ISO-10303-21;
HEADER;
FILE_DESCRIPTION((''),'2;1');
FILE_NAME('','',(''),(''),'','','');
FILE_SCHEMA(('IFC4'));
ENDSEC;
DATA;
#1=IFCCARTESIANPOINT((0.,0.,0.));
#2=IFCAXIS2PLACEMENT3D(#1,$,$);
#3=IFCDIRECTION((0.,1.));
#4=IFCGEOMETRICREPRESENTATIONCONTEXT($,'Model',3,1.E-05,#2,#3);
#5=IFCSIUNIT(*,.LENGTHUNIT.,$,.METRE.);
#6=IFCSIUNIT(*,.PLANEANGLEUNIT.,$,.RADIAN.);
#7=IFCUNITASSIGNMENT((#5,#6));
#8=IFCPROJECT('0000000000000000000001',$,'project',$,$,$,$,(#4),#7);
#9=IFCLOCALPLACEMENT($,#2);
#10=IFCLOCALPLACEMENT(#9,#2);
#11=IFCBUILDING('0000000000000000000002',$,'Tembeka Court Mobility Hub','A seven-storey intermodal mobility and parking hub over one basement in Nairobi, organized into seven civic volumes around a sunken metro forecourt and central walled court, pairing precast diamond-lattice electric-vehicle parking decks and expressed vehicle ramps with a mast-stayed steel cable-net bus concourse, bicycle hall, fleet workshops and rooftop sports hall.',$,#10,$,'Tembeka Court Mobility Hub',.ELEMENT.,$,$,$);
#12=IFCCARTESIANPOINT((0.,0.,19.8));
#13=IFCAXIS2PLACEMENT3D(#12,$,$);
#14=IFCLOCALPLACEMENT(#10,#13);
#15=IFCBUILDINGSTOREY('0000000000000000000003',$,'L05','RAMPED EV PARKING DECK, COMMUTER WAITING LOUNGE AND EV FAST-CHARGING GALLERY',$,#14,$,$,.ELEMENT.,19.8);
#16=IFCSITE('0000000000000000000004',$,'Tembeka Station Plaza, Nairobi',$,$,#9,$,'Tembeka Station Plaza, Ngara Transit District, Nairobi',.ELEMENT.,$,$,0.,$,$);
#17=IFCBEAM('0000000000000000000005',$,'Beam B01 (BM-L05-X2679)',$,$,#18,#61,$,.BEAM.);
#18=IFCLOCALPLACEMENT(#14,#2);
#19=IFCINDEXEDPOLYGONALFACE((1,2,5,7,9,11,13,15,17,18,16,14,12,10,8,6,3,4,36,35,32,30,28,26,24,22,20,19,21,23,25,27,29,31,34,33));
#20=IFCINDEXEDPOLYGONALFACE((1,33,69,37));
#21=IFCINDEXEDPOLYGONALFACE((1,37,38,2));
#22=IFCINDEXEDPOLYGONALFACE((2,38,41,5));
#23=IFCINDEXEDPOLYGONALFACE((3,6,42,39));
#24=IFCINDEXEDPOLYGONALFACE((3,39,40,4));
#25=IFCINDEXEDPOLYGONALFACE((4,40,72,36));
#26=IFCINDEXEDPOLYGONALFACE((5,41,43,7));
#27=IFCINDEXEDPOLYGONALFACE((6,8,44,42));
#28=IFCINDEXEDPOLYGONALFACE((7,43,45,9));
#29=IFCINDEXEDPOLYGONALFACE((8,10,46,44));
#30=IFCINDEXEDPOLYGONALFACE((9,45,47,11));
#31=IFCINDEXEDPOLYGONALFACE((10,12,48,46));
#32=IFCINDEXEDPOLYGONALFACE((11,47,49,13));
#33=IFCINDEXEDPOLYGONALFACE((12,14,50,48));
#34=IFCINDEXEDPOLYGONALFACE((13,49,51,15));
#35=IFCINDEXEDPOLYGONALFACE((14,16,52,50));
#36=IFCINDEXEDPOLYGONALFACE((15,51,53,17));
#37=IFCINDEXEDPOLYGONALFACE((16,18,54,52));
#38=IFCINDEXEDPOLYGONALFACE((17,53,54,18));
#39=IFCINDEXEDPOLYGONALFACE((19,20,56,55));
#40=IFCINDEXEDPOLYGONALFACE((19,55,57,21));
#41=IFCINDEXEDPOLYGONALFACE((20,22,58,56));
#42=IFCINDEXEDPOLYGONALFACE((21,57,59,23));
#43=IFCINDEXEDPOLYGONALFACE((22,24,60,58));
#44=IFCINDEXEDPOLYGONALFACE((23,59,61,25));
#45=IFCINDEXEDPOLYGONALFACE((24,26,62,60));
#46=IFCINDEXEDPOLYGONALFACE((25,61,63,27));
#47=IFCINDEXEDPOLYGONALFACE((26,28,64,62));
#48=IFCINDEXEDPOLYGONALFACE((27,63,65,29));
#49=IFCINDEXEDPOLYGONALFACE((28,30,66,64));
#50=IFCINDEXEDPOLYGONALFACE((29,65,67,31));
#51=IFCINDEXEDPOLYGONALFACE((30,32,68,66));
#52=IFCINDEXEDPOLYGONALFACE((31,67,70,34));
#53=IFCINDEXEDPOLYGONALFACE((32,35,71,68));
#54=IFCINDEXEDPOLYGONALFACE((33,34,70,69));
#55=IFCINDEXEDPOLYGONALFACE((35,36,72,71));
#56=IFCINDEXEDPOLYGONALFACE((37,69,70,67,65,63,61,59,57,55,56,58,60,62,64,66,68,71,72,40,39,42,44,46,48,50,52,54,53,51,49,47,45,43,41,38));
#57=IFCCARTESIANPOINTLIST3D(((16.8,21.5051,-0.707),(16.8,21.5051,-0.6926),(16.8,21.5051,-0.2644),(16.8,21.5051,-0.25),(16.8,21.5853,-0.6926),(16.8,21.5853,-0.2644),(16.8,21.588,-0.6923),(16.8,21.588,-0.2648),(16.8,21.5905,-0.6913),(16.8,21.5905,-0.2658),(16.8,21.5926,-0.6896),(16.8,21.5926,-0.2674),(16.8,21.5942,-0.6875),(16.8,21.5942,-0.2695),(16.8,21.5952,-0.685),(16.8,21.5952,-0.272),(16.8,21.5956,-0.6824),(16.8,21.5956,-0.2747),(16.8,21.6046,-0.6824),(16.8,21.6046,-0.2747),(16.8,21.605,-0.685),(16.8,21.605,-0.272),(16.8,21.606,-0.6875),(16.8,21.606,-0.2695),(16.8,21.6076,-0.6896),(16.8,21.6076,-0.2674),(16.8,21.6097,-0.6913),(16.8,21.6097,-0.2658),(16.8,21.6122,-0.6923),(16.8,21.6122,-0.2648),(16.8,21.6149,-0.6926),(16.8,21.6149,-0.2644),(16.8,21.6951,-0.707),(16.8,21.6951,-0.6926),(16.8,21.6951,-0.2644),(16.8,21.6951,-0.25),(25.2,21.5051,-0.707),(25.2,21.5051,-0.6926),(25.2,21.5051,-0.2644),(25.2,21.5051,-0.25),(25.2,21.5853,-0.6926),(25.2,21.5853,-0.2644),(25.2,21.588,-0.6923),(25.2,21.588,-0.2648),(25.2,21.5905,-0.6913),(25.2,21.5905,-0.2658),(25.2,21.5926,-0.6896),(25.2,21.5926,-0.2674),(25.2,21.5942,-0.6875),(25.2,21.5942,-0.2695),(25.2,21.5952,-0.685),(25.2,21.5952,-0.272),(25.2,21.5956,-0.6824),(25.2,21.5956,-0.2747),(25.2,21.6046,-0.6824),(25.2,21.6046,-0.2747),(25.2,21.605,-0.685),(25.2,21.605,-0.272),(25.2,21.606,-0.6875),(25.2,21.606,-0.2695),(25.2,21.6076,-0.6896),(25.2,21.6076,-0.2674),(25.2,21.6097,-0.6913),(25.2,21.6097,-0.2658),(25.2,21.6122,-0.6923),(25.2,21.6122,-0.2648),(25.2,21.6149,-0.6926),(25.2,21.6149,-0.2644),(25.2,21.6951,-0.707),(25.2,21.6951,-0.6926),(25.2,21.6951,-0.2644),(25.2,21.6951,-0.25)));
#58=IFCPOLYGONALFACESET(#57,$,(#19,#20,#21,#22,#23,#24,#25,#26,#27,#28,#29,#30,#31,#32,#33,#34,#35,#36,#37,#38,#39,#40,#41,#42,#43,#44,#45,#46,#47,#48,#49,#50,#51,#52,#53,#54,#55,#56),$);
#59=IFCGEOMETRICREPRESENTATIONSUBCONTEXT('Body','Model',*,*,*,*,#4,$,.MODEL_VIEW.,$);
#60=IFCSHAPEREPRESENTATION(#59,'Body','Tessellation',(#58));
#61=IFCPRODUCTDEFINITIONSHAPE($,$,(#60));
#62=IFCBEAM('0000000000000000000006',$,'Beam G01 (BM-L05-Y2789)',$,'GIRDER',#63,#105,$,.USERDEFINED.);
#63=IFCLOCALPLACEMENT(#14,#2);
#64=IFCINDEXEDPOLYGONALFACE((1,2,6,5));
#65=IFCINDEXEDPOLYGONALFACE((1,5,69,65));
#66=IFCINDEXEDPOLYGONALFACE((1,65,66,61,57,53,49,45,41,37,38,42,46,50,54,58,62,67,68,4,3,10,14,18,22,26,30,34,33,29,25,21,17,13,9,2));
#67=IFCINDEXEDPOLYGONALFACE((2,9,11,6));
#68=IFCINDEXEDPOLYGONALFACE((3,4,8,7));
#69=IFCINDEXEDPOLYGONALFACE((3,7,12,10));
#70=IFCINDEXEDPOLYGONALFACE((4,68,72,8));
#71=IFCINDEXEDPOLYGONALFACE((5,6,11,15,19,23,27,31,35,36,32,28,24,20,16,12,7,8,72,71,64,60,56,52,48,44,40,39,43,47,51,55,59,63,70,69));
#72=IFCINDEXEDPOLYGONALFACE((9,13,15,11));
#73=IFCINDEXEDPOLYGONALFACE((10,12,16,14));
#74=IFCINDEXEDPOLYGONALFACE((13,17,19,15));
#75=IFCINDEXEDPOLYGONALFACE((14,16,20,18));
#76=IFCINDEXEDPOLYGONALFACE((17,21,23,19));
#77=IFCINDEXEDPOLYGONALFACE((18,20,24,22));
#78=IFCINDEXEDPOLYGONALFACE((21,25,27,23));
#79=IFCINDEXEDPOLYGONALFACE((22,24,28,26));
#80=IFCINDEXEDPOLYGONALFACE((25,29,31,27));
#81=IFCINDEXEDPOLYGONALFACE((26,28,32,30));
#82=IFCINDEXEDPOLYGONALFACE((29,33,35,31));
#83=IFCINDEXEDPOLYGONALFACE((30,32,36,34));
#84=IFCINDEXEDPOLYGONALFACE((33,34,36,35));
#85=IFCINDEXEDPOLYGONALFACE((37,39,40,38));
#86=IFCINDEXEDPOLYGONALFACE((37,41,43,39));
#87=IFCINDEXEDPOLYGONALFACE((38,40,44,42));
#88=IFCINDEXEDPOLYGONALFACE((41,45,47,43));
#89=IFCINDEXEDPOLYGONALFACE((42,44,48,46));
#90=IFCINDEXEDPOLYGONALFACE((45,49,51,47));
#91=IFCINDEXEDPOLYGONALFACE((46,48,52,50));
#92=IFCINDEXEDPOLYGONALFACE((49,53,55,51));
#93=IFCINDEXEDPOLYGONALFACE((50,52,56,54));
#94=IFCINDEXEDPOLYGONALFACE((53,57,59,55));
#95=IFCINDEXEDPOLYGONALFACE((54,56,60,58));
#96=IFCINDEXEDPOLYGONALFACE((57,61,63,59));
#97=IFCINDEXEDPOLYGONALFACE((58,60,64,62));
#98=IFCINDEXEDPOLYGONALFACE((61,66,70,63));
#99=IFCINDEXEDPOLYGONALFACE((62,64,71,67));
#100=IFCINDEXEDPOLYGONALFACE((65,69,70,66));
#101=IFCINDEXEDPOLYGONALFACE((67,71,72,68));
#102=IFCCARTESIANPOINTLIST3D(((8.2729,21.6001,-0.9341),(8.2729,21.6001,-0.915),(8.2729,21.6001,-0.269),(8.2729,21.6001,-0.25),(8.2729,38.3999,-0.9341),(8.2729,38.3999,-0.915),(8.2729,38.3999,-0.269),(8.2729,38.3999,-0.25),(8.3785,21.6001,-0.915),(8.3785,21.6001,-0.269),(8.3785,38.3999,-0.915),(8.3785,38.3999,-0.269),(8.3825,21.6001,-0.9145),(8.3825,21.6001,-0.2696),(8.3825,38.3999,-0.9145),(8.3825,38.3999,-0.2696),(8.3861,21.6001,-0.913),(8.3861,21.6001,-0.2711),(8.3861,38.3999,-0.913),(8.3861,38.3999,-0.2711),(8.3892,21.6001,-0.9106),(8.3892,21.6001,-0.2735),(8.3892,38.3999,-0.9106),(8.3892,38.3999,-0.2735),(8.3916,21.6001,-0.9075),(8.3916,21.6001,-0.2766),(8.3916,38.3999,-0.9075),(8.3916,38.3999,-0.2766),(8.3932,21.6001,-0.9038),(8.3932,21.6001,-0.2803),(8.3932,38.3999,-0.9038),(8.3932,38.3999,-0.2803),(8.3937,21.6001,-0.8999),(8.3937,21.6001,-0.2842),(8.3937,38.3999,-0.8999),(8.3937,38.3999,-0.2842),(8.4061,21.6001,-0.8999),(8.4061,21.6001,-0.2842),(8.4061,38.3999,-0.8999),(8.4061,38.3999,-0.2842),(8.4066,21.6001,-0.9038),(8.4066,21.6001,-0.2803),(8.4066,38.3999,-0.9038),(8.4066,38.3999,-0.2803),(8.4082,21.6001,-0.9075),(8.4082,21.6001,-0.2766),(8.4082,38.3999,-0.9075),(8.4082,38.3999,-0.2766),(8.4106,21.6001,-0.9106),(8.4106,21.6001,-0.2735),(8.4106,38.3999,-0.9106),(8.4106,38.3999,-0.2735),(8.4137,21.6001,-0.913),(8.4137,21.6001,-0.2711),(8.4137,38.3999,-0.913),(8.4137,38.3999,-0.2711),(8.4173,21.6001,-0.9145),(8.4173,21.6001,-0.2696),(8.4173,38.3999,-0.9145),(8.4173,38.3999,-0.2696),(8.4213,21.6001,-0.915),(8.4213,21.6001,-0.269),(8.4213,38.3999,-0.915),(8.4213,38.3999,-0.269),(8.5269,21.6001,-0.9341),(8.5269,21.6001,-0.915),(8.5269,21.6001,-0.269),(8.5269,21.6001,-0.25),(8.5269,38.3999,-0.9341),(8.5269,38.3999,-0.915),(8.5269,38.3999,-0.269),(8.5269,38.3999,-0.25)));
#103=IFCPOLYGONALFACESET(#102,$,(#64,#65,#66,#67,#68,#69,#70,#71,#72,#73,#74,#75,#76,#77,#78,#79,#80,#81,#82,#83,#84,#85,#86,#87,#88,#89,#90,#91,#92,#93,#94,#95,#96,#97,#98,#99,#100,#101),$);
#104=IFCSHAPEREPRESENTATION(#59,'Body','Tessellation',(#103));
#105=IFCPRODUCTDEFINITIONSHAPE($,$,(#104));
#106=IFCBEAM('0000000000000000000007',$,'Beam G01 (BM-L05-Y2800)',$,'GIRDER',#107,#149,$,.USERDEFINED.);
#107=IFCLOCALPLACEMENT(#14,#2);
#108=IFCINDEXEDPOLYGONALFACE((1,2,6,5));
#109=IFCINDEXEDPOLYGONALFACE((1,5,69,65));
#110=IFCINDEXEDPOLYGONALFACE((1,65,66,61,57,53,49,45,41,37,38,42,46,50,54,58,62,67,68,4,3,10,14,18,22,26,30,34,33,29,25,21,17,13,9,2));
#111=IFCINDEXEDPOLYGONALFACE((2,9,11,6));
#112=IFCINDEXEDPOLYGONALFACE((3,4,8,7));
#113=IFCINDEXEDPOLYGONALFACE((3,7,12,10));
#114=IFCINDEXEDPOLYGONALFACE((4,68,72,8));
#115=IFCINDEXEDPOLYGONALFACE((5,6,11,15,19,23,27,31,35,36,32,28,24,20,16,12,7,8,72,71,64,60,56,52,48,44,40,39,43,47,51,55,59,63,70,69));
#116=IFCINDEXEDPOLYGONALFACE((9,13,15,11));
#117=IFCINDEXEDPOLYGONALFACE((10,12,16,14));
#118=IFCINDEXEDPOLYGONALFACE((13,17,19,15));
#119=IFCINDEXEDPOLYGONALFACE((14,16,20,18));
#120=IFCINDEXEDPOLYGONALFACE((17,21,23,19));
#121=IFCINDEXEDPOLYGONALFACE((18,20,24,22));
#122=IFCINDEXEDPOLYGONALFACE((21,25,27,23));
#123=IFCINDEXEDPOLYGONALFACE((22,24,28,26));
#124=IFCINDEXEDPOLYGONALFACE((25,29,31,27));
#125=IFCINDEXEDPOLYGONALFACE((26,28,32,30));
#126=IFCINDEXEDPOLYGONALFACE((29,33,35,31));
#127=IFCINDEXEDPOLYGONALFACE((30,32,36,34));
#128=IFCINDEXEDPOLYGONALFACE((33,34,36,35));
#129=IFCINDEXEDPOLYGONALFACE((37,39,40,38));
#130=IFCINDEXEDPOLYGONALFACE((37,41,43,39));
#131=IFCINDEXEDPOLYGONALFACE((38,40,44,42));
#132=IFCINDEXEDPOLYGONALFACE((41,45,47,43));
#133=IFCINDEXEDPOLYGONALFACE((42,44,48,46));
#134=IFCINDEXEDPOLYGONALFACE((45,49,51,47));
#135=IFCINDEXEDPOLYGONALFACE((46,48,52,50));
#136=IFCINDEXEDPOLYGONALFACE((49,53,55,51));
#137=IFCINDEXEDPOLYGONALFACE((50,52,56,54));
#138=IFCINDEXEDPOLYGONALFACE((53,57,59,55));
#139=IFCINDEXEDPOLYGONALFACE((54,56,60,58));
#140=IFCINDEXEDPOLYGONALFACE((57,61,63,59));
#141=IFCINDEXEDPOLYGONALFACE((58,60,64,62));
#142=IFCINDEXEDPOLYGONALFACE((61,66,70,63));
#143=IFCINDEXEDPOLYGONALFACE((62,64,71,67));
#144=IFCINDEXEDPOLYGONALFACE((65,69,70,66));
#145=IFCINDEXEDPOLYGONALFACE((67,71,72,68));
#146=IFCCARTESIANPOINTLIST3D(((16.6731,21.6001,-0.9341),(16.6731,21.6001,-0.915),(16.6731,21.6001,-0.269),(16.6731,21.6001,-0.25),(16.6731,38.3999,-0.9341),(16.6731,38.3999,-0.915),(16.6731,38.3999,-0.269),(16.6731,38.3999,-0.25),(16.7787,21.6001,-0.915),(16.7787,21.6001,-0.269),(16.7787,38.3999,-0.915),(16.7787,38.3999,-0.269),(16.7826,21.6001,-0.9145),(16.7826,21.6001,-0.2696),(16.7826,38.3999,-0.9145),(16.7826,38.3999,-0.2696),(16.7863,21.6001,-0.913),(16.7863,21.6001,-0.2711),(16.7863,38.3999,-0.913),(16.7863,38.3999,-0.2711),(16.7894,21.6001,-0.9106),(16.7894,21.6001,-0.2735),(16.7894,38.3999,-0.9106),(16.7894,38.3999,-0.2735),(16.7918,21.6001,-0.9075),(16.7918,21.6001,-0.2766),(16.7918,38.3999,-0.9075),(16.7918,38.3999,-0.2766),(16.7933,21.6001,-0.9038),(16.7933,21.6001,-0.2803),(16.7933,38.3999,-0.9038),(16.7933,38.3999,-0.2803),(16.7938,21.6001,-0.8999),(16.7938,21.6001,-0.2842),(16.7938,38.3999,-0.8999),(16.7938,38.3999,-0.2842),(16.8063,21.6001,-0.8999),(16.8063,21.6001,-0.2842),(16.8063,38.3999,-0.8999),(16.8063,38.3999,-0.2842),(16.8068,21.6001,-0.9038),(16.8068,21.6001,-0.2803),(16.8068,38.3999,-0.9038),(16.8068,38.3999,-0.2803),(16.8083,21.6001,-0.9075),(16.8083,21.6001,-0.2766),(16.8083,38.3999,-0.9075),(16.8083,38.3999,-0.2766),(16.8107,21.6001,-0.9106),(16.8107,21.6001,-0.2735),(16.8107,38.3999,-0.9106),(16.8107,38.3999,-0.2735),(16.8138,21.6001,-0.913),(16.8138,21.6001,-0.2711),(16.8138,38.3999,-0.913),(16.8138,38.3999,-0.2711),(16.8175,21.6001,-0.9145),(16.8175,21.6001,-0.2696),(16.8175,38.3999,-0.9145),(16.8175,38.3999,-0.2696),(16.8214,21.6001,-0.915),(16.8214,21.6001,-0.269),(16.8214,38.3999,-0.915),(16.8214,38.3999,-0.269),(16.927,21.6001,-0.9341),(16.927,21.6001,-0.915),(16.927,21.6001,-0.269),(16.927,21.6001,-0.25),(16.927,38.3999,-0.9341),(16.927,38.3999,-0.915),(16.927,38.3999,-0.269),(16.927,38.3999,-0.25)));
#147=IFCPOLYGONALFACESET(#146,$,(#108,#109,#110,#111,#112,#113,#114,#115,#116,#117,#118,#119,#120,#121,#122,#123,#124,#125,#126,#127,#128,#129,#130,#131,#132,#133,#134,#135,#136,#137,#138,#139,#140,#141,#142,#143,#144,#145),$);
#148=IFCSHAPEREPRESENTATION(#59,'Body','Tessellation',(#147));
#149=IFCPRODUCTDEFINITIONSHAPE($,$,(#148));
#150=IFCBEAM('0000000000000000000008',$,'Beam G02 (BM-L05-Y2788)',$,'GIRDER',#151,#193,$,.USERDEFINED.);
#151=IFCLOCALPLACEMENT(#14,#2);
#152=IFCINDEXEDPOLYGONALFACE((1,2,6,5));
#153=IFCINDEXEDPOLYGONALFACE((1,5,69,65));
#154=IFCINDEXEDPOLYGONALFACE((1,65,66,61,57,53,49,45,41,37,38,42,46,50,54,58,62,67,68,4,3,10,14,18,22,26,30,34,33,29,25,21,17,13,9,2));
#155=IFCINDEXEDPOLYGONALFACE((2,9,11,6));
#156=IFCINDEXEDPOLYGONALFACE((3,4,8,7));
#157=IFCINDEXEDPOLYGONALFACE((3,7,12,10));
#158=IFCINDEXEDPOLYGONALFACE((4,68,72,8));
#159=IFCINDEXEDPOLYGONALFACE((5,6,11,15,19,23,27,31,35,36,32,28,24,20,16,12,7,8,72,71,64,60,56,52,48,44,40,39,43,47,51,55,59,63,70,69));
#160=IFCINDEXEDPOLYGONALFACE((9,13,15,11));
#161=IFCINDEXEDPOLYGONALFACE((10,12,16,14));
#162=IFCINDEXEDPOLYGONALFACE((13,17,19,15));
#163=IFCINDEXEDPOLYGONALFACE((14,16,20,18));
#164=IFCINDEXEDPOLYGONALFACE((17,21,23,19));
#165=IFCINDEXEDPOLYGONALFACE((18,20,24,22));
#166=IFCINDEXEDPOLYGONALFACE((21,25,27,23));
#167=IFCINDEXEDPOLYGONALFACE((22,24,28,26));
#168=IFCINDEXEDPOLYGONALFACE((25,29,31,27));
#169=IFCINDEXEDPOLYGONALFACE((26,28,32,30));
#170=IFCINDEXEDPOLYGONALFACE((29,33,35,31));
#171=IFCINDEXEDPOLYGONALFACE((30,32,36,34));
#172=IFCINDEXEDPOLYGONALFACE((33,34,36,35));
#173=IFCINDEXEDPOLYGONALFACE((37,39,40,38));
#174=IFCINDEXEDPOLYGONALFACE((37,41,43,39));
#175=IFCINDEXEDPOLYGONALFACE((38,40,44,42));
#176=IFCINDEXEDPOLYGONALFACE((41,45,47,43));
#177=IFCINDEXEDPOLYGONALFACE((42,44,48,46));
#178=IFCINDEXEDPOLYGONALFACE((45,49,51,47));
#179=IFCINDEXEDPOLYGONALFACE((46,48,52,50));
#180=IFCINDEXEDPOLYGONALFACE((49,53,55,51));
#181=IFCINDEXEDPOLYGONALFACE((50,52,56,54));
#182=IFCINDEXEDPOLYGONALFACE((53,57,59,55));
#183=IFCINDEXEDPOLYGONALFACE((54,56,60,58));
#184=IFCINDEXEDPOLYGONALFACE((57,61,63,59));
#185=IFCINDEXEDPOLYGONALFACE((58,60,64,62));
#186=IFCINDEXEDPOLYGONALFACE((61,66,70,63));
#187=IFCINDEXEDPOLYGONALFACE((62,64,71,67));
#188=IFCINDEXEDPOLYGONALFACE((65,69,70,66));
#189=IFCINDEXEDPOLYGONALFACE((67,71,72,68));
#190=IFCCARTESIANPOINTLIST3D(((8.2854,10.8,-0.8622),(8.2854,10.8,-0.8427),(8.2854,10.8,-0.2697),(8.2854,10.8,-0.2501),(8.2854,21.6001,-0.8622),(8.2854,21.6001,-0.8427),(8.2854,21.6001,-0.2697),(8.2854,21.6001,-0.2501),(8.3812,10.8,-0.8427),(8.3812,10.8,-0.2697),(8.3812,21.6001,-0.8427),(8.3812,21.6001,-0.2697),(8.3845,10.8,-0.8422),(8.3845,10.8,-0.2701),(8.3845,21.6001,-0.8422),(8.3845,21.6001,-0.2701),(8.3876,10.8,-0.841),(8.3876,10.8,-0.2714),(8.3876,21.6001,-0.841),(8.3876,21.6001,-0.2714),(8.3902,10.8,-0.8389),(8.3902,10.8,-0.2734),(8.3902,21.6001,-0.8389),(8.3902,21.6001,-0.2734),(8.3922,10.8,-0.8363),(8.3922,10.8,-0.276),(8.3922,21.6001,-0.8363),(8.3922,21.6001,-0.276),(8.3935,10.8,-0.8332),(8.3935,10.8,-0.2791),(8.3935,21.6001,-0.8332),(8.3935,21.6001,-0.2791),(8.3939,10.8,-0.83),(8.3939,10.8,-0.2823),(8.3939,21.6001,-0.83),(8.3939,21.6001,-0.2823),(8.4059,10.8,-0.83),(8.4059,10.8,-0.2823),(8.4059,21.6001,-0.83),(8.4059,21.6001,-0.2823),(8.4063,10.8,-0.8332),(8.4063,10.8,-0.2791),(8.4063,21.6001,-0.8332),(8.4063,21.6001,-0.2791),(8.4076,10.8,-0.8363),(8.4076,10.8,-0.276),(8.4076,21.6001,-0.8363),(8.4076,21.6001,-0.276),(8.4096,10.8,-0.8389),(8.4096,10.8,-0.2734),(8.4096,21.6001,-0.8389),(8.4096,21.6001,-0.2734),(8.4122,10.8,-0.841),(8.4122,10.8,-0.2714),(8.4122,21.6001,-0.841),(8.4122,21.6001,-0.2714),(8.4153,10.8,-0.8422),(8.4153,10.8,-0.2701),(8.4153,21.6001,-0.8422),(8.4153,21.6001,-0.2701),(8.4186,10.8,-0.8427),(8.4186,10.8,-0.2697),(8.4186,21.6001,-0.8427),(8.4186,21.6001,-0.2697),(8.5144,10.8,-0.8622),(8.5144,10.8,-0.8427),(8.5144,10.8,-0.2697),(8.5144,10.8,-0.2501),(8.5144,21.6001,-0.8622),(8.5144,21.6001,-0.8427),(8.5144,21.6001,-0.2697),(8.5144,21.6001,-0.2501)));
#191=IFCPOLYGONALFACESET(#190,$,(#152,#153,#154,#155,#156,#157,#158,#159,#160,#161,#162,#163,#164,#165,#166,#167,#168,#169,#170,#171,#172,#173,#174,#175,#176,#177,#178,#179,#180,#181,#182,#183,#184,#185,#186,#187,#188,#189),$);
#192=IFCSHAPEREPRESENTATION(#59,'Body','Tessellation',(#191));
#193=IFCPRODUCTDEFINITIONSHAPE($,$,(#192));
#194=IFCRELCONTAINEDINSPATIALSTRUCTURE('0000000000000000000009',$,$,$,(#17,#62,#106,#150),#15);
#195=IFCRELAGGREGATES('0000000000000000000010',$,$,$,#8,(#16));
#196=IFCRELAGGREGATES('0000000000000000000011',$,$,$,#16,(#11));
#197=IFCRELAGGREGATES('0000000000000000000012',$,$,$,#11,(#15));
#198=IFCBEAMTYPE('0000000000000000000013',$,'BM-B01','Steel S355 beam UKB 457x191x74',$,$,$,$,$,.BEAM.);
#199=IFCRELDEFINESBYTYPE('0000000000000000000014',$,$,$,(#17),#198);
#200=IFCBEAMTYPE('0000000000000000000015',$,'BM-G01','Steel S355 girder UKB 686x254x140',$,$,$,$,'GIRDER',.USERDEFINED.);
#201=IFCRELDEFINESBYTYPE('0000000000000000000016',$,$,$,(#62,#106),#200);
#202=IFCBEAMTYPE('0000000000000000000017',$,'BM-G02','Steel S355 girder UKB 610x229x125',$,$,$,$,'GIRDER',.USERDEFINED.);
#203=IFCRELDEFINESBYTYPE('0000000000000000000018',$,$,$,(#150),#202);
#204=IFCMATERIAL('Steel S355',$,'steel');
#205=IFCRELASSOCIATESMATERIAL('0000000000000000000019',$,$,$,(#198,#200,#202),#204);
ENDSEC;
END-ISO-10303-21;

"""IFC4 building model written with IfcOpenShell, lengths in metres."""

from ifc_helpers import new_model, si_unit, direction, frame, origin, origin_2d, place, context, subcontext, project, spatial, i_section, extrude, material, material_profile, profile_set, type_object, element, save


model = new_model("IFC4")

# Units and contexts
model_context = context("Model", 3, precision=1e-05, world=origin(), true_north=direction((0.0, 1.0)))
body_context = subcontext(model_context, "Body", "Model", "MODEL_VIEW")
ifc_project = project(units=[si_unit("LENGTHUNIT", "METRE"), si_unit("PLANEANGLEUNIT", "RADIAN")], contexts=[model_context])

# Site, building, storey
site_placement = place(None, origin())
site = spatial("IfcSite", under=ifc_project, at=site_placement, Name="Tembeka Station Plaza, Nairobi", LongName="Tembeka Station Plaza, Ngara Transit District, Nairobi", CompositionType="ELEMENT", RefElevation=0.0)
building_placement = place(site_placement, origin())
building = spatial("IfcBuilding", under=site, at=building_placement, Name="Tembeka Court Mobility Hub", Description="A seven-storey intermodal mobility and parking hub over one basement in Nairobi, organized into seven civic volumes around a sunken metro forecourt and central walled court, pairing precast diamond-lattice electric-vehicle parking decks and expressed vehicle ramps with a mast-stayed steel cable-net bus concourse, bicycle hall, fleet workshops and rooftop sports hall.", LongName="Tembeka Court Mobility Hub", CompositionType="ELEMENT")
storey_placement = place(building_placement, frame((0.0, 0.0, 19.8)))
storey = spatial("IfcBuildingStorey", under=building, at=storey_placement, Name="L05", Description="RAMPED EV PARKING DECK, COMMUTER WAITING LOUNGE AND EV FAST-CHARGING GALLERY", CompositionType="ELEMENT", Elevation=19.8)

# Shared definitions
ifc_material_1 = material(Name="Steel S355", Category="steel")

# Beams
ifc_material_profile_1 = material_profile(ifc_material_1, i_section(OverallWidth=0.1899, OverallDepth=0.457, WebThickness=0.009, FlangeThickness=0.0144, FilletRadius=0.0103, at=origin_2d()), Name="UKB 457x191x74")
ifc_profile_set_1 = profile_set([ifc_material_profile_1], Name="Steel S355")
beam_type_1 = type_object("IfcBeamType", Name="BM-B01", Description="Steel S355 beam UKB 457x191x74", PredefinedType="BEAM", material=ifc_profile_set_1)
beam_1_placement = place(storey_placement, frame((16.8, 21.6001, -0.4785), z_axis=(1.0, 0.0, 0.0), x_axis=(0.0, 1.0, 0.0)))
element("IfcBeam", 1, at=beam_1_placement, inside=storey, type_object=beam_type_1, Name="Beam B01 (BM-L05-X2679)", PredefinedType="BEAM", context=body_context, shape_type="SweptSolid", body=[
    extrude(i_section(OverallWidth=0.1899, OverallDepth=0.457, WebThickness=0.009, FlangeThickness=0.0144, FilletRadius=0.0103, at=origin_2d()), origin(), (0.0, 0.0, 1.0), 8.3999),
])
ifc_material_profile_2 = material_profile(ifc_material_1, i_section(OverallWidth=0.2539, OverallDepth=0.6841, WebThickness=0.0125, FlangeThickness=0.019, FilletRadius=0.0151, at=origin_2d()), Name="UKB 686x254x140")
ifc_profile_set_2 = profile_set([ifc_material_profile_2], Name="Steel S355")
beam_type_2 = type_object("IfcBeamType", Name="BM-G01", Description="Steel S355 girder UKB 686x254x140", ElementType="GIRDER", PredefinedType="USERDEFINED", material=ifc_profile_set_2)
for number, where, z_axis, x_axis, name in (
    (2, (8.3999, 21.6001, -0.592), (0.0, 1.0, 0.0), (-1.0, 0.0, 0.0), "Beam G01 (BM-L05-Y2789)"),
    (3, (16.8, 21.6001, -0.592), (0.0, 1.0, 0.0), (-1.0, 0.0, 0.0), "Beam G01 (BM-L05-Y2800)"),
):
    element("IfcBeam", number, at=place(storey_placement, frame(where, z_axis=z_axis, x_axis=x_axis)), inside=storey, type_object=beam_type_2, Name=name, ObjectType="GIRDER", PredefinedType="USERDEFINED", context=body_context, shape_type="SweptSolid", body=[
        extrude(i_section(OverallWidth=0.2539, OverallDepth=0.6841, WebThickness=0.0125, FlangeThickness=0.019, FilletRadius=0.0151, at=origin_2d()), origin(), (0.0, 0.0, 1.0), 16.7998),
    ])
ifc_material_profile_3 = material_profile(ifc_material_1, i_section(OverallWidth=0.229, OverallDepth=0.6121, WebThickness=0.012, FlangeThickness=0.0195, FilletRadius=0.0127, at=origin_2d()), Name="UKB 610x229x125")
ifc_profile_set_3 = profile_set([ifc_material_profile_3], Name="Steel S355")
beam_type_3 = type_object("IfcBeamType", Name="BM-G02", Description="Steel S355 girder UKB 610x229x125", ElementType="GIRDER", PredefinedType="USERDEFINED", material=ifc_profile_set_3)
for number, where, z_axis, x_axis, name in (
    (4, (8.3999, 10.8, -0.5562), (0.0, 1.0, 0.0), (-1.0, 0.0, 0.0), "Beam G02 (BM-L05-Y2788)"),
):
    element("IfcBeam", number, at=place(storey_placement, frame(where, z_axis=z_axis, x_axis=x_axis)), inside=storey, type_object=beam_type_3, Name=name, ObjectType="GIRDER", PredefinedType="USERDEFINED", context=body_context, shape_type="SweptSolid", body=[
        extrude(i_section(OverallWidth=0.229, OverallDepth=0.6121, WebThickness=0.012, FlangeThickness=0.0195, FilletRadius=0.0127, at=origin_2d()), origin(), (0.0, 0.0, 1.0), 10.8),
    ])

save(model, "model.ifc")
